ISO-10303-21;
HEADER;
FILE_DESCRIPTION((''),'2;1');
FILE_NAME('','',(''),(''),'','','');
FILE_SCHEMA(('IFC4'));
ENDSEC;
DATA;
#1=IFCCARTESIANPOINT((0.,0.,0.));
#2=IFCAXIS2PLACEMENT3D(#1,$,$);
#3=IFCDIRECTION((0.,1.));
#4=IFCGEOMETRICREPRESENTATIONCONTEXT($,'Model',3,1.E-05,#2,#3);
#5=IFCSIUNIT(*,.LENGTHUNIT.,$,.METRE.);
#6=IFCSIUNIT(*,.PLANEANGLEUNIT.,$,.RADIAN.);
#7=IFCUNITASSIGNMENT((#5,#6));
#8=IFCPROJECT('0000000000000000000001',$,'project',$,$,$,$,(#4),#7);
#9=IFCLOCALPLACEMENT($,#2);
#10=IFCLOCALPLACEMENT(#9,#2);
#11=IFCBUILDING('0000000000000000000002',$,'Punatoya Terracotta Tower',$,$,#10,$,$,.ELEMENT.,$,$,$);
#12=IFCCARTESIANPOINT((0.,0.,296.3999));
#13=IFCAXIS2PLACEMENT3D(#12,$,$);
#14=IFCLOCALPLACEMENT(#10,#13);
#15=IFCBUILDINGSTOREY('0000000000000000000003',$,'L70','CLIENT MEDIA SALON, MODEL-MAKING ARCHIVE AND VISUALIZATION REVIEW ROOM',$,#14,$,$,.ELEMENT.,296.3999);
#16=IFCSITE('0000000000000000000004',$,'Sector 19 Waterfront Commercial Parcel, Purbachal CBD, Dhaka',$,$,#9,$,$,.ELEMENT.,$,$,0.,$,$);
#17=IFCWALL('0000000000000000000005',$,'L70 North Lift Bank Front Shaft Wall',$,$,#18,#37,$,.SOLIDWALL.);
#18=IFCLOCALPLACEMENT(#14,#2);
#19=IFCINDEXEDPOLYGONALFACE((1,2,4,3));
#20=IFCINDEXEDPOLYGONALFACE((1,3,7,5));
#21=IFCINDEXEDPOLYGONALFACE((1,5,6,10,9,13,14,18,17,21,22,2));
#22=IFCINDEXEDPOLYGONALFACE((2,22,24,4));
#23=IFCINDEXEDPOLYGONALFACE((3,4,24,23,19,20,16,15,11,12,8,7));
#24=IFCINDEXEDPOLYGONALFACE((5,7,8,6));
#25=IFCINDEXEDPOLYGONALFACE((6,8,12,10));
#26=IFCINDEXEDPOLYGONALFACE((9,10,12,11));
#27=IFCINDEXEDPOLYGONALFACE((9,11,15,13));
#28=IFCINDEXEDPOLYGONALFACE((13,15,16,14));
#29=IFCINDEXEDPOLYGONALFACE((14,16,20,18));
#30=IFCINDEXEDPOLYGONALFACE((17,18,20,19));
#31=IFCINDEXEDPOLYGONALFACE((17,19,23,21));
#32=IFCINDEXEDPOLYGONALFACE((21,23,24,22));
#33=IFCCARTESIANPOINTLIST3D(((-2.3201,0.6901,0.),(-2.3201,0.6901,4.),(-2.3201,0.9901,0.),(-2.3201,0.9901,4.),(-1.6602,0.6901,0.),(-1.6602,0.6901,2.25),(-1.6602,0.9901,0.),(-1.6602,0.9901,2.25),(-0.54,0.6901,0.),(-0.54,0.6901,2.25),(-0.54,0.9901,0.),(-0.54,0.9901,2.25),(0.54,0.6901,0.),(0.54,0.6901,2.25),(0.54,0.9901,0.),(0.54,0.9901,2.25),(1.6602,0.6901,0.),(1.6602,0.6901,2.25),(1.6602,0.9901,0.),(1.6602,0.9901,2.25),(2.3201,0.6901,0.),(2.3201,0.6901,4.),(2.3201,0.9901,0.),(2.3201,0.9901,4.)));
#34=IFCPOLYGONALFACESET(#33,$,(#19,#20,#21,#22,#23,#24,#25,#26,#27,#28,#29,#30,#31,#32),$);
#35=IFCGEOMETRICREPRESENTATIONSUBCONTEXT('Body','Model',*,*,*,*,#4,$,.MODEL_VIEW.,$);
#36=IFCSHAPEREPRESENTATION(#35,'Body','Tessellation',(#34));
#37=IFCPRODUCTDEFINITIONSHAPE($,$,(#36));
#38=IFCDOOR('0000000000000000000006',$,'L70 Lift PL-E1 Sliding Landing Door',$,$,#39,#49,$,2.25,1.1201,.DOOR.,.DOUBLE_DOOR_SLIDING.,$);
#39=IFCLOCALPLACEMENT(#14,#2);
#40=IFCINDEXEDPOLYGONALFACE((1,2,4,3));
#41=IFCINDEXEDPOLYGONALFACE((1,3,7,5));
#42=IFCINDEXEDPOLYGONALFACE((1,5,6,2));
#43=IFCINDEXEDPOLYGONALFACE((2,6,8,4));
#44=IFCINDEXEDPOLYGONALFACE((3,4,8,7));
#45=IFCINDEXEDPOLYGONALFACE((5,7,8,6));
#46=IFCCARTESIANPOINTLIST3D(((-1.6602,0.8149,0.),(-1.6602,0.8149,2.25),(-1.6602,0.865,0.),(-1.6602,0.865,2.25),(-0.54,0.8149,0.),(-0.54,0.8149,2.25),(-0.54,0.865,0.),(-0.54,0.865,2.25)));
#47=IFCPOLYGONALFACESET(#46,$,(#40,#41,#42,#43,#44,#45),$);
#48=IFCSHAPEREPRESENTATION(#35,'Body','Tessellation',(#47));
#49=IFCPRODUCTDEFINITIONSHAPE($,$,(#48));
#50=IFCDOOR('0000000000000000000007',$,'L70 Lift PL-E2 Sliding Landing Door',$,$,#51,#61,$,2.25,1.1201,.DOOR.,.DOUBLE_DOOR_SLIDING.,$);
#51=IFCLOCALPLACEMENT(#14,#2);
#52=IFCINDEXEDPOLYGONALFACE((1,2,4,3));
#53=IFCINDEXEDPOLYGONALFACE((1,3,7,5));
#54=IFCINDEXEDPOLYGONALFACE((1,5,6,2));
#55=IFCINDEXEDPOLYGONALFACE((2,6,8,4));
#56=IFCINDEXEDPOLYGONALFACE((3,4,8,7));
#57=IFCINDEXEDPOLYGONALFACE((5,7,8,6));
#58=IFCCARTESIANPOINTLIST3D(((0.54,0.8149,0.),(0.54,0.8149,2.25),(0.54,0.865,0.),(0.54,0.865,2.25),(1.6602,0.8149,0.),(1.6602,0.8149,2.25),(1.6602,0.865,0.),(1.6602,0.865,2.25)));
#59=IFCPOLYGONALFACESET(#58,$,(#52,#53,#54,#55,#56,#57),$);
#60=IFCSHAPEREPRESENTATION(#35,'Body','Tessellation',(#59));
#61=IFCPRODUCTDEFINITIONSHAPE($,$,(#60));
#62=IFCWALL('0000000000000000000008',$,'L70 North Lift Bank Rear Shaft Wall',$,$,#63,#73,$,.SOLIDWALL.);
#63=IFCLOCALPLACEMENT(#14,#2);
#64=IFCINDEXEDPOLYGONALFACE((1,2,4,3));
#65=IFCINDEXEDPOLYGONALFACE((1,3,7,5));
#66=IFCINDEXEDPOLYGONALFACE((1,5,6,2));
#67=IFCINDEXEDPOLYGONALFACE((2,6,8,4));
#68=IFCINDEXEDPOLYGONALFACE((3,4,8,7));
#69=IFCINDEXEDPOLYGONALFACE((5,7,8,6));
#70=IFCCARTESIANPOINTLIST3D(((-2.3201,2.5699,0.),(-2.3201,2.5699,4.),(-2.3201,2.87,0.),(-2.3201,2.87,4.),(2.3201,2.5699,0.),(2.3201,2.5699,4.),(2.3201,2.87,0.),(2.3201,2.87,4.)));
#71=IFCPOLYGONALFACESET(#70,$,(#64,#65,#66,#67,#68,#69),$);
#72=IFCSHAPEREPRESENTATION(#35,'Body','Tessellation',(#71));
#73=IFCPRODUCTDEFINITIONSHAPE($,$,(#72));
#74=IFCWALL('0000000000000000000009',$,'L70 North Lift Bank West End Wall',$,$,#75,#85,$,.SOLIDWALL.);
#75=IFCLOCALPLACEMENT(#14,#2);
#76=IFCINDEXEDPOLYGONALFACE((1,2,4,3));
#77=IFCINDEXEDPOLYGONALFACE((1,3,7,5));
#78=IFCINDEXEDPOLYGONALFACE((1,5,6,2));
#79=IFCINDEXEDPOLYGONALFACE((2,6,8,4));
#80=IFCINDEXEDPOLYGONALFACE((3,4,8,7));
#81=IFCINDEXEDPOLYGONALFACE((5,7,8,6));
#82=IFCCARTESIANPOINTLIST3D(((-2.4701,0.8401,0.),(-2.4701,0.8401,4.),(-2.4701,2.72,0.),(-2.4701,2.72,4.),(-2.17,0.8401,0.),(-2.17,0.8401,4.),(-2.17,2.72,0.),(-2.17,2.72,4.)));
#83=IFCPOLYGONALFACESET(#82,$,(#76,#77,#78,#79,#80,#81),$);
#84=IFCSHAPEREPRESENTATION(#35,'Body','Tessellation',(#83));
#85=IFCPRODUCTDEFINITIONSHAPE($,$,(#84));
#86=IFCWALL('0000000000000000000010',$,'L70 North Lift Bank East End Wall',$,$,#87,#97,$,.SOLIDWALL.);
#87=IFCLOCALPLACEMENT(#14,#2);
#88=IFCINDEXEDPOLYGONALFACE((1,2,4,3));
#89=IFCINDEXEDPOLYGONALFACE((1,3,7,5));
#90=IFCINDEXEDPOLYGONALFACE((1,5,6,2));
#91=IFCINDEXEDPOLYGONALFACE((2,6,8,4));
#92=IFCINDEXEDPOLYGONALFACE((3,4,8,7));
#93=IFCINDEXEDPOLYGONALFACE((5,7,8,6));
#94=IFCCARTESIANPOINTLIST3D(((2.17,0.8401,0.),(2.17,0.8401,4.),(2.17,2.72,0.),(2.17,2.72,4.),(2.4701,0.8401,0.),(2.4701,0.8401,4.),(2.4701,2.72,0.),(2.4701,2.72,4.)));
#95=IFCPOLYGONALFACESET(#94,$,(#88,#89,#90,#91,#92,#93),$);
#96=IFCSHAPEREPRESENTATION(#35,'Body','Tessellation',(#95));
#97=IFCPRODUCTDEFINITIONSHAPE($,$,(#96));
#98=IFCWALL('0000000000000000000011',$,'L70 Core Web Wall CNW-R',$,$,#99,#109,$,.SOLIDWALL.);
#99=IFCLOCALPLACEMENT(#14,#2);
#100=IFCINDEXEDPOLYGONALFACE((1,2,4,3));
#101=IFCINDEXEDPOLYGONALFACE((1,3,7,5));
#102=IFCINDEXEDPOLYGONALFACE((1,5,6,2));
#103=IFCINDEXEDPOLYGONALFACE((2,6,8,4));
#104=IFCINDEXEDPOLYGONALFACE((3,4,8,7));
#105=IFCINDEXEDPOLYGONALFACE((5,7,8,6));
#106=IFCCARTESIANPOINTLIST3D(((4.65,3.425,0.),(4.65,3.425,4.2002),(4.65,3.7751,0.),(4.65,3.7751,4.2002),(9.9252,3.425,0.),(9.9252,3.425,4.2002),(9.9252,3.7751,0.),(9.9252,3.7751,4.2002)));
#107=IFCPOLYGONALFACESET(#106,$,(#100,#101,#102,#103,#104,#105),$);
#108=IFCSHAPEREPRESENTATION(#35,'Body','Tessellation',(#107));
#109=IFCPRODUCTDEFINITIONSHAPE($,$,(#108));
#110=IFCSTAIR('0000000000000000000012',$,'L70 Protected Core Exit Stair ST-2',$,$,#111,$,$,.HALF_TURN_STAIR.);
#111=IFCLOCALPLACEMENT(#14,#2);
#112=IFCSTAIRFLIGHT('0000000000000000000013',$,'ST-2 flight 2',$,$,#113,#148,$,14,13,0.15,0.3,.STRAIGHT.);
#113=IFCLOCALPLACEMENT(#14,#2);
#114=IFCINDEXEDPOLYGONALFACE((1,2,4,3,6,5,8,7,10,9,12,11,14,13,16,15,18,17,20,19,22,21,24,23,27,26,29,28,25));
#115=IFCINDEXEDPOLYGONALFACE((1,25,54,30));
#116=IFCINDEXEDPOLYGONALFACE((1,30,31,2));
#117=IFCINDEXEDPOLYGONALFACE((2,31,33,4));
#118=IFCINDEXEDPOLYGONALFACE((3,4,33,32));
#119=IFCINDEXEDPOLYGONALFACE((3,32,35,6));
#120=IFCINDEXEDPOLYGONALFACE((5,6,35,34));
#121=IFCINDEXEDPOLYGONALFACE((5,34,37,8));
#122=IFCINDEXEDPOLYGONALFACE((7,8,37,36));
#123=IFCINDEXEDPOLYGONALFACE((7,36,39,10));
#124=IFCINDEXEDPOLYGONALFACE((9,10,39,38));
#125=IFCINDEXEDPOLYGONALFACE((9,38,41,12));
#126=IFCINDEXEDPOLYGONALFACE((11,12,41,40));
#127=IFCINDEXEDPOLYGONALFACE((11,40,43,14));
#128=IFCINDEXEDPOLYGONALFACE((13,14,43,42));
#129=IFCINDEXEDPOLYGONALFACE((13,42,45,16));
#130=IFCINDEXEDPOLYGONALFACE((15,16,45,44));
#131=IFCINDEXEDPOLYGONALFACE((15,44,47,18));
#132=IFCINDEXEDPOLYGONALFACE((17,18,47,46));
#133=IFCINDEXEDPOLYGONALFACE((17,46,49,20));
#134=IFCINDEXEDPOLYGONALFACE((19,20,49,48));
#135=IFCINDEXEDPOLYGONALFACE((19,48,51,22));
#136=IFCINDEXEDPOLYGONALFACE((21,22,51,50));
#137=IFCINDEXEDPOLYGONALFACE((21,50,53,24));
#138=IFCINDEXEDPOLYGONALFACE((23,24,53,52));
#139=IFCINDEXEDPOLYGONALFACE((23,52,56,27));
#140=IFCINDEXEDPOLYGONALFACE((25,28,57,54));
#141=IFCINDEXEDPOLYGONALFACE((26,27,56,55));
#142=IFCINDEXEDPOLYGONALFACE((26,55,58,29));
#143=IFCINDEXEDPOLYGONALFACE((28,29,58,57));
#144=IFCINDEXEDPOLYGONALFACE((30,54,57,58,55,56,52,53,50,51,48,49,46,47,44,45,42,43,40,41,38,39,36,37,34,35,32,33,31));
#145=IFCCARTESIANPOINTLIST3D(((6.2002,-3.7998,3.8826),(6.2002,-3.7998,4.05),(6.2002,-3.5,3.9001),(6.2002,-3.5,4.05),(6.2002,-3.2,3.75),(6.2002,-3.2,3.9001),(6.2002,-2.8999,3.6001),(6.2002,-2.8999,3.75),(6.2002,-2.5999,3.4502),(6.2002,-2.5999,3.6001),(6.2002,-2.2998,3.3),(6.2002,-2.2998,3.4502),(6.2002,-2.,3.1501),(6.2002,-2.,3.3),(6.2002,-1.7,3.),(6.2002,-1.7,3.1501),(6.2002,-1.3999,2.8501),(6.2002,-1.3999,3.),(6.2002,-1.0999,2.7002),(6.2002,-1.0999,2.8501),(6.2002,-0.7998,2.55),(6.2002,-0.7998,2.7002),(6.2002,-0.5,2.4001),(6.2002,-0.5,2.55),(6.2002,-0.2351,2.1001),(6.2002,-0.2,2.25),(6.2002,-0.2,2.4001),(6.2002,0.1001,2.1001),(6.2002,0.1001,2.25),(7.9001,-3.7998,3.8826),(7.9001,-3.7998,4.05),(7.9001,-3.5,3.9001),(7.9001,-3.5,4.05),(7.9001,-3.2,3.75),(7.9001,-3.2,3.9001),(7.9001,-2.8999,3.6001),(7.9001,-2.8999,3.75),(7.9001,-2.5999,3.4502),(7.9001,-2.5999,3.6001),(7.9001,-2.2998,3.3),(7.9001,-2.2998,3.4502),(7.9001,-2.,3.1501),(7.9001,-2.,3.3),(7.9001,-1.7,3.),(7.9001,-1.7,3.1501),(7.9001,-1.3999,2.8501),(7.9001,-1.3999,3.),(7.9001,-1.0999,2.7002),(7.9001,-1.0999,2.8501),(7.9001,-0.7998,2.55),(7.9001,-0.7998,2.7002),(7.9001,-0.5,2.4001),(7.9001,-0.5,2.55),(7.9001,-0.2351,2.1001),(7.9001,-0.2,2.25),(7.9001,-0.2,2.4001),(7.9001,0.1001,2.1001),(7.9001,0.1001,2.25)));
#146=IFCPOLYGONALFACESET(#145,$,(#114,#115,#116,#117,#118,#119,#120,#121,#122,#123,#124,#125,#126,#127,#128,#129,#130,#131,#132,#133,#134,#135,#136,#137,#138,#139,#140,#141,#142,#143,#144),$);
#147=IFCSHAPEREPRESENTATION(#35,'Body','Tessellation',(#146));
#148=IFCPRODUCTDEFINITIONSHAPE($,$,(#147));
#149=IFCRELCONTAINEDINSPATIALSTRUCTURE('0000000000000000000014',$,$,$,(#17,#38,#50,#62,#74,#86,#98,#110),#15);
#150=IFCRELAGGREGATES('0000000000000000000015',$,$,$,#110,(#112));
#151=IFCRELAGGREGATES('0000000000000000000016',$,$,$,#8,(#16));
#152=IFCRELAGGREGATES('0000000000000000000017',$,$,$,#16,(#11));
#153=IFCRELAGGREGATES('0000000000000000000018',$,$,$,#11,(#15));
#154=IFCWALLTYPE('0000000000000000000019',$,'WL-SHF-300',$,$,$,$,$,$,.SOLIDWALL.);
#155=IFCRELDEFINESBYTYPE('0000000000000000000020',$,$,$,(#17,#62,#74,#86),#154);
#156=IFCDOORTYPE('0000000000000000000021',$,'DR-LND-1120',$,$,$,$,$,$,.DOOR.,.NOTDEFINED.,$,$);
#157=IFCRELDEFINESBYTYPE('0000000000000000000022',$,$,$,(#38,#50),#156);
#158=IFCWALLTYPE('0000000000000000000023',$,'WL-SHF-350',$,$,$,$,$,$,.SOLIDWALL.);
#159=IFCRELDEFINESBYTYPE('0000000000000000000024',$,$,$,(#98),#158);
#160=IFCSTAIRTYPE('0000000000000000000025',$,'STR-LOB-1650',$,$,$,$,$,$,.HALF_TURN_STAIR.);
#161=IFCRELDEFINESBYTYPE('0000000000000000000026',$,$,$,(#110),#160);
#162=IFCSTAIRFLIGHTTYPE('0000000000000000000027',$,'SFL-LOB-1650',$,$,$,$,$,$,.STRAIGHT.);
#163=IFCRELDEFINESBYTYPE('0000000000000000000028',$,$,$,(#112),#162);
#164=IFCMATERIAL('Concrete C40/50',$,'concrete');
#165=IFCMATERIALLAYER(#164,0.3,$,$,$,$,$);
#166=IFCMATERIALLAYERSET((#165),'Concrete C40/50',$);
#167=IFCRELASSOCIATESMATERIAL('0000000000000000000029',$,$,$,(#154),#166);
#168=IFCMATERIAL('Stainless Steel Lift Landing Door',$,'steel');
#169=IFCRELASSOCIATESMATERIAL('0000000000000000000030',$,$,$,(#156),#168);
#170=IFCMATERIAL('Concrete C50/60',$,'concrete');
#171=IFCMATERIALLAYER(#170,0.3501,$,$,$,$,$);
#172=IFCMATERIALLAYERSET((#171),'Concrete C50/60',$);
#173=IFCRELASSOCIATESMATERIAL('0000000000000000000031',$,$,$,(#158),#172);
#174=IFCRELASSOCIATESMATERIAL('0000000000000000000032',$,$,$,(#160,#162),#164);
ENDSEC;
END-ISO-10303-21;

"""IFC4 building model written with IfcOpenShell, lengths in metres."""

from ifc_helpers import new_model, si_unit, direction, frame, frame_2d, origin, place, context, subcontext, project, spatial, polyline, rectangle, outline, extrude, material, layer, layer_set, type_object, element, fill, aggregate, save


model = new_model("IFC4")

# Units and contexts
model_context = context("Model", 3, precision=1e-05, world=origin(), true_north=direction((0.0, 1.0)))
body_context = subcontext(model_context, "Body", "Model", "MODEL_VIEW")
ifc_project = project(units=[si_unit("LENGTHUNIT", "METRE"), si_unit("PLANEANGLEUNIT", "RADIAN")], contexts=[model_context])

# Site, building, storey
site_placement = place(None, origin())
site = spatial("IfcSite", under=ifc_project, at=site_placement, Name="Sector 19 Waterfront Commercial Parcel, Purbachal CBD, Dhaka", CompositionType="ELEMENT", RefElevation=0.0)
building_placement = place(site_placement, origin())
building = spatial("IfcBuilding", under=site, at=building_placement, Name="Punatoya Terracotta Tower", CompositionType="ELEMENT")
storey_placement = place(building_placement, frame((0.0, 0.0, 296.3999)))
storey = spatial("IfcBuildingStorey", under=building, at=storey_placement, Name="L70", Description="CLIENT MEDIA SALON, MODEL-MAKING ARCHIVE AND VISUALIZATION REVIEW ROOM", CompositionType="ELEMENT", Elevation=296.3999)

# Shared definitions
ifc_material_1 = material(Name="Concrete C40/50", Category="concrete")

# Shared definitions
ifc_layer_1 = layer(ifc_material_1, 0.3)
ifc_layer_set_1 = layer_set([ifc_layer_1], Name="Concrete C40/50")
wall_type_1 = type_object("IfcWallType", Name="WL-SHF-300", PredefinedType="SOLIDWALL", material=ifc_layer_set_1)

# Wall, openings, doors
wall_1_placement = place(storey_placement, frame((-2.3201, 0.8401, 0.0), z_axis=(0.0, 0.0, 1.0), x_axis=(1.0, 0.0, 0.0)))
wall_1 = element("IfcWall", 1, at=wall_1_placement, inside=storey, type_object=wall_type_1, Name="L70 North Lift Bank Front Shaft Wall", PredefinedType="SOLIDWALL", context=body_context, shape_type="SweptSolid", body=[
    extrude(rectangle(XDim=4.6401, YDim=0.3, at=frame_2d((2.3201, 0.0))), origin(), (0.0, 0.0, 1.0), 4.0),
])
opening_1_placement = place(wall_1_placement, frame((0.6599, 0.0, 0.0)))
opening_1 = element("IfcOpeningElement", 2, at=opening_1_placement, cuts=wall_1, PredefinedType="OPENING", context=body_context, shape_type="SweptSolid", body=[
    extrude(rectangle(XDim=1.1201, YDim=2.25, at=frame_2d((0.5601, 1.125))), frame((0.0, 0.1599, 0.0), z_axis=(0.0, -1.0, 0.0), x_axis=(1.0, 0.0, 0.0)), (0.0, 0.0, 1.0), 0.3201),
])
opening_2_placement = place(wall_1_placement, frame((2.8601, 0.0, 0.0)))
opening_2 = element("IfcOpeningElement", 3, at=opening_2_placement, cuts=wall_1, PredefinedType="OPENING", context=body_context, shape_type="SweptSolid", body=[
    extrude(rectangle(XDim=1.1201, YDim=2.25, at=frame_2d((0.5601, 1.125))), frame((0.0, 0.1599, 0.0), z_axis=(0.0, -1.0, 0.0), x_axis=(1.0, 0.0, 0.0)), (0.0, 0.0, 1.0), 0.3201),
])
ifc_material_2 = material(Name="Stainless Steel Lift Landing Door", Category="steel")
door_type_1 = type_object("IfcDoorType", Name="DR-LND-1120", OperationType="NOTDEFINED", PredefinedType="DOOR", material=ifc_material_2)
door_1_placement = place(opening_1_placement, origin())
door_1 = element("IfcDoor", 4, at=door_1_placement, inside=storey, type_object=door_type_1, Name="L70 Lift PL-E1 Sliding Landing Door", OperationType="DOUBLE_DOOR_SLIDING", OverallHeight=2.25, OverallWidth=1.1201, PredefinedType="DOOR", context=body_context, shape_type="SweptSolid", body=[
    extrude(rectangle(XDim=1.1201, YDim=2.25, at=frame_2d((0.5601, 1.125))), frame((0.0, 0.0249, 0.0), z_axis=(0.0, -1.0, 0.0), x_axis=(1.0, 0.0, 0.0)), (0.0, 0.0, 1.0), 0.05),
])
fill(opening_1, door_1)
door_2_placement = place(opening_2_placement, origin())
door_2 = element("IfcDoor", 5, at=door_2_placement, inside=storey, type_object=door_type_1, Name="L70 Lift PL-E2 Sliding Landing Door", OperationType="DOUBLE_DOOR_SLIDING", OverallHeight=2.25, OverallWidth=1.1201, PredefinedType="DOOR", context=body_context, shape_type="SweptSolid", body=[
    extrude(rectangle(XDim=1.1201, YDim=2.25, at=frame_2d((0.5601, 1.125))), frame((0.0, 0.0249, 0.0), z_axis=(0.0, -1.0, 0.0), x_axis=(1.0, 0.0, 0.0)), (0.0, 0.0, 1.0), 0.05),
])
fill(opening_2, door_2)

# Walls
wall_2_placement = place(storey_placement, frame((-2.3201, 2.72, 0.0), z_axis=(0.0, 0.0, 1.0), x_axis=(1.0, 0.0, 0.0)))
element("IfcWall", 6, at=wall_2_placement, inside=storey, type_object=wall_type_1, Name="L70 North Lift Bank Rear Shaft Wall", PredefinedType="SOLIDWALL", context=body_context, shape_type="SweptSolid", body=[
    extrude(rectangle(XDim=4.6401, YDim=0.3, at=frame_2d((2.3201, 0.0))), origin(), (0.0, 0.0, 1.0), 4.0),
])
for number, where, z_axis, x_axis, name in (
    (7, (-2.3201, 0.8401, 0.0), (0.0, 0.0, 1.0), (0.0, 1.0, 0.0), "L70 North Lift Bank West End Wall"),
    (8, (2.3201, 0.8401, 0.0), (0.0, 0.0, 1.0), (0.0, 1.0, 0.0), "L70 North Lift Bank East End Wall"),
):
    element("IfcWall", number, at=place(storey_placement, frame(where, z_axis=z_axis, x_axis=x_axis)), inside=storey, type_object=wall_type_1, Name=name, PredefinedType="SOLIDWALL", context=body_context, shape_type="SweptSolid", body=[
        extrude(rectangle(XDim=1.8799, YDim=0.3, at=frame_2d((0.9399, 0.0))), origin(), (0.0, 0.0, 1.0), 4.0),
    ])
ifc_material_3 = material(Name="Concrete C50/60", Category="concrete")
ifc_layer_2 = layer(ifc_material_3, 0.3501)
ifc_layer_set_2 = layer_set([ifc_layer_2], Name="Concrete C50/60")
wall_type_2 = type_object("IfcWallType", Name="WL-SHF-350", PredefinedType="SOLIDWALL", material=ifc_layer_set_2)
wall_3_placement = place(storey_placement, frame((4.6499, 3.6001, 0.0), z_axis=(0.0, 0.0, 1.0), x_axis=(1.0, 0.0, 0.0)))
element("IfcWall", 9, at=wall_3_placement, inside=storey, type_object=wall_type_2, Name="L70 Core Web Wall CNW-R", PredefinedType="SOLIDWALL", context=body_context, shape_type="SweptSolid", body=[
    extrude(rectangle(XDim=5.2751, YDim=0.3501, at=frame_2d((2.6377, 0.0))), origin(), (0.0, 0.0, 1.0), 4.2002),
])

# Stair, stair flight
stair_type_1 = type_object("IfcStairType", Name="STR-LOB-1650", PredefinedType="HALF_TURN_STAIR", material=ifc_material_1)
stair_1_placement = place(storey_placement, origin())
stair_1 = element("IfcStair", 10, at=stair_1_placement, inside=storey, type_object=stair_type_1, Name="L70 Protected Core Exit Stair ST-2", PredefinedType="HALF_TURN_STAIR")
stair_flight_type_1 = type_object("IfcStairFlightType", Name="SFL-LOB-1650", PredefinedType="STRAIGHT", material=ifc_material_1)
stair_flight_1_placement = place(storey_placement, frame((7.05, 0.1001, 2.1001), z_axis=(0.0, 0.0, 1.0), x_axis=(0.0, -1.0, 0.0)))
stair_flight_1 = element("IfcStairFlight", 11, at=stair_flight_1_placement, type_object=stair_flight_type_1, Name="ST-2 flight 2", NumberOfRisers=14, NumberOfTreads=13, PredefinedType="STRAIGHT", RiserHeight=0.15, TreadLength=0.3, context=body_context, shape_type="SweptSolid", body=[
    extrude(outline(polyline([(0.0, 0.0), (0.0, 0.1499), (0.3, 0.1499), (0.3, 0.3), (0.6001, 0.3), (0.6001, 0.45), (0.8999, 0.45), (0.8999, 0.6001), (1.2, 0.6001), (1.2, 0.75), (1.5, 0.75), (1.5, 0.8999), (1.8, 0.8999), (1.8, 1.05), (2.1001, 1.05), (2.1001, 1.2), (2.3999, 1.2), (2.3999, 1.3501), (2.7, 1.3501), (2.7, 1.5), (3.0, 1.5), (3.0, 1.6499), (3.3, 1.6499), (3.3, 1.8), (3.6001, 1.8), (3.6001, 1.95), (3.8999, 1.95), (3.8999, 2.1001), (3.8999, 1.7825), (0.3352, 0.0), (0.0, 0.0)])), frame((0.0, 0.8501, 0.0), z_axis=(0.0, -1.0, 0.0), x_axis=(1.0, 0.0, 0.0)), (0.0, 0.0, 1.0), 1.7),
])
aggregate(stair_1, [stair_flight_1])

save(model, "model.ifc")
